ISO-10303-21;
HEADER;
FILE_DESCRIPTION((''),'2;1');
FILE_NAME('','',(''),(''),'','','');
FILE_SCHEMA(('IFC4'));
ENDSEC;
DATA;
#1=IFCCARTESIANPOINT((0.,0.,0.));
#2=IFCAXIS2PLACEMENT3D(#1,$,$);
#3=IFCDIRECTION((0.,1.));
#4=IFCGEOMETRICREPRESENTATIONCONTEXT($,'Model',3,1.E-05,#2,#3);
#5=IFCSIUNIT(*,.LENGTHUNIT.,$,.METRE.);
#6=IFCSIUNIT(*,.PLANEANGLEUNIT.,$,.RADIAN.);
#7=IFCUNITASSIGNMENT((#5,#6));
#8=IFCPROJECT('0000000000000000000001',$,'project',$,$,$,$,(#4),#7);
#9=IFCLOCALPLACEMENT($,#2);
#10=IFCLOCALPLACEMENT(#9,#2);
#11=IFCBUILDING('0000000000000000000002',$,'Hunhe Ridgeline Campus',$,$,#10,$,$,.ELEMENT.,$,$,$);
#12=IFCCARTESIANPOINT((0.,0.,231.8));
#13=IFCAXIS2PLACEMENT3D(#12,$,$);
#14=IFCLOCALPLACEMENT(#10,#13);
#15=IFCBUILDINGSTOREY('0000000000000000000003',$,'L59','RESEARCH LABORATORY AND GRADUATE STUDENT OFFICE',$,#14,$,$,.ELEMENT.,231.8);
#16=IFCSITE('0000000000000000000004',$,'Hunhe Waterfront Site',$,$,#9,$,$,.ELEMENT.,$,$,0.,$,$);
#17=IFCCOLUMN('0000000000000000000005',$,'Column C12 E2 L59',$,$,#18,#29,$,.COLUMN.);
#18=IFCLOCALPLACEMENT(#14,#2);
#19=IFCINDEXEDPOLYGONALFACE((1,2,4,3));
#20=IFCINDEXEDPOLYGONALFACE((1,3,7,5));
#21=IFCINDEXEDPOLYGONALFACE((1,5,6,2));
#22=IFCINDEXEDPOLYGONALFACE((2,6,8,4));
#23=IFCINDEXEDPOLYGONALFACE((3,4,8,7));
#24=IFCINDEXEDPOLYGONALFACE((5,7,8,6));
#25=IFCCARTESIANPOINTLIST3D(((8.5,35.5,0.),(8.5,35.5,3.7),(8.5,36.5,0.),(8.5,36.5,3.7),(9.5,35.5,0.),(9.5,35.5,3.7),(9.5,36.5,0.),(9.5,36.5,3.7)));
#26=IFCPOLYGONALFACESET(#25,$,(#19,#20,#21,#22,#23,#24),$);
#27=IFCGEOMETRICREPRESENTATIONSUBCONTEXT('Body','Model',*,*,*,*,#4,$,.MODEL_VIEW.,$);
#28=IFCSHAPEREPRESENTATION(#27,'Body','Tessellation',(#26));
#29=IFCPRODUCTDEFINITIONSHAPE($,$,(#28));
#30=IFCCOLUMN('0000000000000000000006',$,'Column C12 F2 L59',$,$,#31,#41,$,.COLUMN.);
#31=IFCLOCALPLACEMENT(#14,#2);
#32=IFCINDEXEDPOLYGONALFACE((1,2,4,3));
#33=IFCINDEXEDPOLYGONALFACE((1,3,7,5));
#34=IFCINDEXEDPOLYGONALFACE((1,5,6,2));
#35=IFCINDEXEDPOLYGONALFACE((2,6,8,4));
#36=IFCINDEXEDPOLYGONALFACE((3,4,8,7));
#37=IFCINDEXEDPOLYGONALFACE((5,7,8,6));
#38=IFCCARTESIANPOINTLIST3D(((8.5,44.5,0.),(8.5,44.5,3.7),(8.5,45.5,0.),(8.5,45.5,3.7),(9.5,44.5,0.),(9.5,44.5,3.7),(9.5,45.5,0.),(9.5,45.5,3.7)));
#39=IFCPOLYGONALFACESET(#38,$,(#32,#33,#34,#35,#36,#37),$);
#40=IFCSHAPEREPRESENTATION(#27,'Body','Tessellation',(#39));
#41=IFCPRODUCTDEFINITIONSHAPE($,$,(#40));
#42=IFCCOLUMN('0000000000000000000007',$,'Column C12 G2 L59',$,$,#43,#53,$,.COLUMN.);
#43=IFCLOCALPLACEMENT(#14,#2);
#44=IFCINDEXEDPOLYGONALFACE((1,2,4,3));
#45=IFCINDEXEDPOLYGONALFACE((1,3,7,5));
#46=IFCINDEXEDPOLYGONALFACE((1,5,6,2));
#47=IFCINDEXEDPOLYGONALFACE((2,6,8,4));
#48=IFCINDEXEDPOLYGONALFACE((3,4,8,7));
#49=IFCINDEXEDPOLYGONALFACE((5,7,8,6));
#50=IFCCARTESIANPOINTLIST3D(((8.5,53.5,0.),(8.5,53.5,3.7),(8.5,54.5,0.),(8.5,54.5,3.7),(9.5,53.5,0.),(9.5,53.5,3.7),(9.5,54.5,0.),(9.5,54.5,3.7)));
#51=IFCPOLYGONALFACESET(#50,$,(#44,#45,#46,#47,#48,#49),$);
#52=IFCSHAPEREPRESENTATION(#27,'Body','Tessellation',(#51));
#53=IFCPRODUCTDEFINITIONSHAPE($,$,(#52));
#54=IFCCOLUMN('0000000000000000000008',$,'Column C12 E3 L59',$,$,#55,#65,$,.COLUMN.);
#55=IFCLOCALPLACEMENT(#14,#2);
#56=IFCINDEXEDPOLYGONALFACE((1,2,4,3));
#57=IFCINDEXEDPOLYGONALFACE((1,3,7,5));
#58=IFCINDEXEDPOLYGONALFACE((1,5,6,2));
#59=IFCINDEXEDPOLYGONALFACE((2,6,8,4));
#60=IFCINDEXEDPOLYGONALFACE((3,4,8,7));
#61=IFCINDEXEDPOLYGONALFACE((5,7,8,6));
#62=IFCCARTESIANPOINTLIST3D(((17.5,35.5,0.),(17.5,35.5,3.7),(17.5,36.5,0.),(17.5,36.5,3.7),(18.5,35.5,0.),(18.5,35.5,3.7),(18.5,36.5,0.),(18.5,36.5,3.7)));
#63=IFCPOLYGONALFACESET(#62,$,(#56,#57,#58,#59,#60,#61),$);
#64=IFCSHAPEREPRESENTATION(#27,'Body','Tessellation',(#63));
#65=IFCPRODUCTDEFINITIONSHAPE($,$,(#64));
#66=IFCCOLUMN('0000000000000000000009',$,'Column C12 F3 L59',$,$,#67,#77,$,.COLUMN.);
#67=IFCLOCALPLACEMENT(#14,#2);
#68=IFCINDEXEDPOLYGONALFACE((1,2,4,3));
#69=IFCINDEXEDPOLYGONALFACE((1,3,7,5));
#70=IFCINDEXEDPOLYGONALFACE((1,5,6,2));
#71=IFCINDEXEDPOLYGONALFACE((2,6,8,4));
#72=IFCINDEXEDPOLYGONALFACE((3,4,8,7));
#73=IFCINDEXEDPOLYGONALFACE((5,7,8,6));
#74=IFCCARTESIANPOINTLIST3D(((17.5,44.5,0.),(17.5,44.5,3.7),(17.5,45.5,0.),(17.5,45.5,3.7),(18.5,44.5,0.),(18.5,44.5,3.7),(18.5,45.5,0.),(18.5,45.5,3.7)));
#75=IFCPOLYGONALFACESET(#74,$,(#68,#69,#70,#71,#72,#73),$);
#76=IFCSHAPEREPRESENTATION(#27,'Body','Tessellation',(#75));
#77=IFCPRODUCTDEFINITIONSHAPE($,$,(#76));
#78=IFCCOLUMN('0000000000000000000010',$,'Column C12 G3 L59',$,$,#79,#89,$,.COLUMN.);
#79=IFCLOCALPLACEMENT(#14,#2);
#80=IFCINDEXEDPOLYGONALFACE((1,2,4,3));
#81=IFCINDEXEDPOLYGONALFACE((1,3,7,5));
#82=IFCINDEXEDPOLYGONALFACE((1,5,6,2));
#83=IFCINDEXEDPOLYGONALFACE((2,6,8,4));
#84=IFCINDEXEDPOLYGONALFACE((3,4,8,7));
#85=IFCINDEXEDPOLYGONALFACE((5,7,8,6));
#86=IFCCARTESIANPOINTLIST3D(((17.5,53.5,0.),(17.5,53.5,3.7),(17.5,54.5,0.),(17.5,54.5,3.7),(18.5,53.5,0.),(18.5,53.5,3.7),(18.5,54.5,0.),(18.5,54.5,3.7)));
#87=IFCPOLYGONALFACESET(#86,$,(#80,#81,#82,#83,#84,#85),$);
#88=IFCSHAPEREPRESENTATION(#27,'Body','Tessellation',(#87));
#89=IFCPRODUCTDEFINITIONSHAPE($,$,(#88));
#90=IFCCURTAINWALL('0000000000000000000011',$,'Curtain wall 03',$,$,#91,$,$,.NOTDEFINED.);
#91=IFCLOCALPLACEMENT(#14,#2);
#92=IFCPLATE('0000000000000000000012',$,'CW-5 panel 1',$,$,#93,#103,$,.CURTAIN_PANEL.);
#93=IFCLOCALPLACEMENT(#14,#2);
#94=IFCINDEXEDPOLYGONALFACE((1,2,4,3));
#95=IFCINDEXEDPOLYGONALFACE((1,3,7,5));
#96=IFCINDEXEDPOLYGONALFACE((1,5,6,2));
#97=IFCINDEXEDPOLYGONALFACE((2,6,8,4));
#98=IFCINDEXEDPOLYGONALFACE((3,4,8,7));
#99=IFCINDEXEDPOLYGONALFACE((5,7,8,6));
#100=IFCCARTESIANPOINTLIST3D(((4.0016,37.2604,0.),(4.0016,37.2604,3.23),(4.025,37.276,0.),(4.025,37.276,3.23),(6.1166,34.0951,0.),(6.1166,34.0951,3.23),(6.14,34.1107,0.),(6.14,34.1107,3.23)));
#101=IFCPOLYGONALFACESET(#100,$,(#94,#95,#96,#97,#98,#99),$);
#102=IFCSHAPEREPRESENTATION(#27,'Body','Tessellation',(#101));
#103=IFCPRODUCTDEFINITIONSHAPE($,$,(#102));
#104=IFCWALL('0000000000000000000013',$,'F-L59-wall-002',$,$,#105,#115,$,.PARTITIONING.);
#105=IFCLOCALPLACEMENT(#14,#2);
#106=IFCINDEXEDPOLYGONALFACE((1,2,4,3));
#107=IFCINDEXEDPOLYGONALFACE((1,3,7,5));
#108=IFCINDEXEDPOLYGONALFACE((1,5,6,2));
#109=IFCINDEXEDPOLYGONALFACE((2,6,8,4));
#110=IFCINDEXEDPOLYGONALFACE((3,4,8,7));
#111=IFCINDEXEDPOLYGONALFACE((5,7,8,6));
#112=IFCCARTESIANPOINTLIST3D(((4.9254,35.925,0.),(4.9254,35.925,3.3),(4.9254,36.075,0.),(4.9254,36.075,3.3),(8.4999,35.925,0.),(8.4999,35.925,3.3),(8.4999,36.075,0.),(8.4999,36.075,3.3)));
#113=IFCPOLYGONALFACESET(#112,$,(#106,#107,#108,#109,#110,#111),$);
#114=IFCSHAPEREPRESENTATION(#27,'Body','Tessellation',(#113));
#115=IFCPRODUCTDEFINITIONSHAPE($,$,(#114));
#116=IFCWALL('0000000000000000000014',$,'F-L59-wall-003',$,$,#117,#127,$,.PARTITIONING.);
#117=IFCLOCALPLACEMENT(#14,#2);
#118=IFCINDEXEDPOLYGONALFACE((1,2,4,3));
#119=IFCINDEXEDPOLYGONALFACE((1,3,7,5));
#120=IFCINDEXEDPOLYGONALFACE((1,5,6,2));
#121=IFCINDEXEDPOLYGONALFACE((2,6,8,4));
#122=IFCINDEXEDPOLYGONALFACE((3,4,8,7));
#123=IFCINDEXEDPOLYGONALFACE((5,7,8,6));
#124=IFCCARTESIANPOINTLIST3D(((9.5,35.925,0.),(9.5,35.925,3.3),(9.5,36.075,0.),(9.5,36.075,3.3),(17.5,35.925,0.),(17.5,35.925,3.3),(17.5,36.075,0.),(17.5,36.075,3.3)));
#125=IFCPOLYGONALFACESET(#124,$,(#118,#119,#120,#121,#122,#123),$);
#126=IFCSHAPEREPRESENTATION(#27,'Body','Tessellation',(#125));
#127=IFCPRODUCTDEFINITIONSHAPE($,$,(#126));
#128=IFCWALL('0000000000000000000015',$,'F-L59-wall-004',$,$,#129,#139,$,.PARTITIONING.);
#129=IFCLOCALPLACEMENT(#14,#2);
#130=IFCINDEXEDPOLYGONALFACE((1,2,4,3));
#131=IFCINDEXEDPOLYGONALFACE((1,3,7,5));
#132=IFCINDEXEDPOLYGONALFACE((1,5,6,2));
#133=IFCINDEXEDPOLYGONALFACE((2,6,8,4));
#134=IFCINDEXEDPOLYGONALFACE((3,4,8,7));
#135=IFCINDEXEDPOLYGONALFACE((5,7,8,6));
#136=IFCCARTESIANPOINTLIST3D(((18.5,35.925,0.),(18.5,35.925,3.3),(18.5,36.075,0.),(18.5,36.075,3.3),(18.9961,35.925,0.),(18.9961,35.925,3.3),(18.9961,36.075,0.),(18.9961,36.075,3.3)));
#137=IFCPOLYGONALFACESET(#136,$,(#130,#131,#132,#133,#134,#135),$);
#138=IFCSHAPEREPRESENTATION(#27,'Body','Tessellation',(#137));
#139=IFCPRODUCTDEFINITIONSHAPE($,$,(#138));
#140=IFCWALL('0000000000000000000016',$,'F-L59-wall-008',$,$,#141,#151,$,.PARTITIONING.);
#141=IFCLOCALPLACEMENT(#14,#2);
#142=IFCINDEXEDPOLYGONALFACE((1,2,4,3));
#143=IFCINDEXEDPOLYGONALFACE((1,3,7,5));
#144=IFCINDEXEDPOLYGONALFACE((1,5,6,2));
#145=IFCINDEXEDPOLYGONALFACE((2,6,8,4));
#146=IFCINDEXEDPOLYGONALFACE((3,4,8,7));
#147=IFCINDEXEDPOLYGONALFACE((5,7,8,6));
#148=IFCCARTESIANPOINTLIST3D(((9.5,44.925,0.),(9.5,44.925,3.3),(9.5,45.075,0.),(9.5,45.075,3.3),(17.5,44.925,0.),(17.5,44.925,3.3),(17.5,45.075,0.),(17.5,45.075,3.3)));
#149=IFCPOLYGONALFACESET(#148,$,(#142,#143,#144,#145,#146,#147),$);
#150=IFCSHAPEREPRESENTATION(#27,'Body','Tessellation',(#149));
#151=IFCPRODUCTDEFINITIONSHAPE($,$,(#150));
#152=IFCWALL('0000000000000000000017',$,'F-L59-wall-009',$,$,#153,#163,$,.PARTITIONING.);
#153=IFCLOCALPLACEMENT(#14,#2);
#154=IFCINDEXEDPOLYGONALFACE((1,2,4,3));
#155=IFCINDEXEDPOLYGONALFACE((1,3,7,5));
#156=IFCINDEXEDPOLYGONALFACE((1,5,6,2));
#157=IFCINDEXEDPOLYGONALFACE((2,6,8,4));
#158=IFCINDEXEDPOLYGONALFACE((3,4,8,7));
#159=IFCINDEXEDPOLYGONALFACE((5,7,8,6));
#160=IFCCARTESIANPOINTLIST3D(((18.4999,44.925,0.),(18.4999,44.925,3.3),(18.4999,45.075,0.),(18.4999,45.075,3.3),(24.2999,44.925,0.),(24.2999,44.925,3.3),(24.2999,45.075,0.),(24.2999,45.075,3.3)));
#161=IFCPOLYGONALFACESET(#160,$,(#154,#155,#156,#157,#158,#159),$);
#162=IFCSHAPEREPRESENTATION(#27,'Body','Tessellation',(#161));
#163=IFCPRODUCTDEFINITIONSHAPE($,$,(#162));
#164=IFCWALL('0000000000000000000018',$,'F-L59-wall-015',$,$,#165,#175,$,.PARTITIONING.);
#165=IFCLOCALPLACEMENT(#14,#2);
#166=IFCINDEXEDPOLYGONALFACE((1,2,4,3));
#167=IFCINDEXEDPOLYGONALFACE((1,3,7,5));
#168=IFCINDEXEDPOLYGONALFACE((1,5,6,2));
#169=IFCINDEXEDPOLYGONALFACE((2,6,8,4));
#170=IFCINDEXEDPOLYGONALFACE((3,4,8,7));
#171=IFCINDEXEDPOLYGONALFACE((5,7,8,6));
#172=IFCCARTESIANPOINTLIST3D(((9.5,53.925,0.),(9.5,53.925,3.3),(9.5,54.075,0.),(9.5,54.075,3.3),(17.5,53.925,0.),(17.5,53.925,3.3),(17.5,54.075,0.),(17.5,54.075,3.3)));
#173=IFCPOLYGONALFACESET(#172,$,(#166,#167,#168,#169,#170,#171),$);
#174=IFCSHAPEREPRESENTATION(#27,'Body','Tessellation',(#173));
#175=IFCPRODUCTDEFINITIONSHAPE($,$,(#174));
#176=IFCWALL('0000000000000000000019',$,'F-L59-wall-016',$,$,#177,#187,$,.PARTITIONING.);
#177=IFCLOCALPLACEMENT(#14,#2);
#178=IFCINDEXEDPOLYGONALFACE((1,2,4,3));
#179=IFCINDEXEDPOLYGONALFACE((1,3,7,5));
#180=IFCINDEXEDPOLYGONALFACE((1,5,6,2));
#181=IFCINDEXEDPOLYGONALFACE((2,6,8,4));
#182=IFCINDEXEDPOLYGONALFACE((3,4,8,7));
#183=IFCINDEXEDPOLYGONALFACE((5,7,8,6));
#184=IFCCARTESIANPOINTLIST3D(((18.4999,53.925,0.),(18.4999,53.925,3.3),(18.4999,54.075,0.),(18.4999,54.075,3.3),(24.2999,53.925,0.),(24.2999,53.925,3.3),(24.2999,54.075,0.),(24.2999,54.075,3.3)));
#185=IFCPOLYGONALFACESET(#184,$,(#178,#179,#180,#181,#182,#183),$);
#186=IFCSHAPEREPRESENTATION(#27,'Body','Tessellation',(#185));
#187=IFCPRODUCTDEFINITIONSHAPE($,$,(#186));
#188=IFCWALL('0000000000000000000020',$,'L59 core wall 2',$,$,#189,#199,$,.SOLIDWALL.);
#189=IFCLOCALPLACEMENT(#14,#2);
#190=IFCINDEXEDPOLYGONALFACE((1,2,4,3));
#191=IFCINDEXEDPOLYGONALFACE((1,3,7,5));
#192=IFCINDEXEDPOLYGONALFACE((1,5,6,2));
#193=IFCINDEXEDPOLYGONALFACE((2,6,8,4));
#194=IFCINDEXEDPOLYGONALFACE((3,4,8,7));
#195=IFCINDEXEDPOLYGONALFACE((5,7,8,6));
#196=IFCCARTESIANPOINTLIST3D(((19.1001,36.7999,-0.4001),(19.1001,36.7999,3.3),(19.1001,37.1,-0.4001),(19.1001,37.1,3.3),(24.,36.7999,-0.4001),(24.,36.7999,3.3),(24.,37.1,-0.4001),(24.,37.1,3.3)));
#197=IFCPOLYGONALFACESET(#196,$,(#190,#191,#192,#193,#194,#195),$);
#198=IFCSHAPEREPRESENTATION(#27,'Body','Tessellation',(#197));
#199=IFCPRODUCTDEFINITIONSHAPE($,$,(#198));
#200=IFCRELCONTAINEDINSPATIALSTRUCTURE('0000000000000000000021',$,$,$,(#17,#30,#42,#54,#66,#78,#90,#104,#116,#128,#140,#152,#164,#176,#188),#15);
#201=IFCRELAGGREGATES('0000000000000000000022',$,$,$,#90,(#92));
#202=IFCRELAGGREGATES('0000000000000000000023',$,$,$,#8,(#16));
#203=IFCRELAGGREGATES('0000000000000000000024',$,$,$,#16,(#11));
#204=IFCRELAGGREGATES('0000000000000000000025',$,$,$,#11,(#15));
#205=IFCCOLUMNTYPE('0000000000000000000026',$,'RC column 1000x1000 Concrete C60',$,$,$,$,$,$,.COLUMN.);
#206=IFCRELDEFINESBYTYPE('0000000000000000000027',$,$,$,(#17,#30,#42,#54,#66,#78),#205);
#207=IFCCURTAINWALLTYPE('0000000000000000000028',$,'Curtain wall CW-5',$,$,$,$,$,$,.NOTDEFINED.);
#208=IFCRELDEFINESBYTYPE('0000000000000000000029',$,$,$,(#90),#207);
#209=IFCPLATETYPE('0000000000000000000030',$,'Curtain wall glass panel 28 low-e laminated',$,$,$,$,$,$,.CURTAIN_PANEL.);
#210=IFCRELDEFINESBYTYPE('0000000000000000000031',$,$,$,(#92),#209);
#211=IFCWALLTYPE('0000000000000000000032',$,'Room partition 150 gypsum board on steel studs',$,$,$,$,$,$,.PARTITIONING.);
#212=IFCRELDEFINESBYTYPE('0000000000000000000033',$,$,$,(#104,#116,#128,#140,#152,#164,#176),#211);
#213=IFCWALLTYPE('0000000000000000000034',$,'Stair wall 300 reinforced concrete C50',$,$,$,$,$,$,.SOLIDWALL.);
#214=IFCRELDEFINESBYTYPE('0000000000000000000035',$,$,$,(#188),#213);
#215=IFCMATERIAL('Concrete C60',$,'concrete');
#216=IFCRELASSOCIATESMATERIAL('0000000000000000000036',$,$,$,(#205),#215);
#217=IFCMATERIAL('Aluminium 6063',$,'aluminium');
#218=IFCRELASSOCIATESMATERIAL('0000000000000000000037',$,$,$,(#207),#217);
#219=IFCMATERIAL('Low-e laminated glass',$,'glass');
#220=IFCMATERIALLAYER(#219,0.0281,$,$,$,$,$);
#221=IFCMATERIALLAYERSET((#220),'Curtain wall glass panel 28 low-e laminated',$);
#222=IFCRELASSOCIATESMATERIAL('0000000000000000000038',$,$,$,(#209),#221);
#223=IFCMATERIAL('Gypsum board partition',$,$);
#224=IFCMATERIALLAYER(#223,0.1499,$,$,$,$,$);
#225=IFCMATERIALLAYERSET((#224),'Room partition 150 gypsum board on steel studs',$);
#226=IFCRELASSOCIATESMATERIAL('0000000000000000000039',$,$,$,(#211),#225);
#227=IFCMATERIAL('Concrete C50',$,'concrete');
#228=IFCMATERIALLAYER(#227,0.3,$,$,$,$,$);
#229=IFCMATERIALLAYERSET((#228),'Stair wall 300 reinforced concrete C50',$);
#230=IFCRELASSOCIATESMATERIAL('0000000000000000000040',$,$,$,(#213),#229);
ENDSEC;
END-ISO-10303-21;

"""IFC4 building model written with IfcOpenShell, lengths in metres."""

from ifc_helpers import new_model, si_unit, direction, frame, frame_2d, origin, origin_2d, place, context, subcontext, project, spatial, rectangle, extrude, material, layer, layer_set, material_profile, profile_set, type_object, element, aggregate, save


model = new_model("IFC4")

# Units and contexts
model_context = context("Model", 3, precision=1e-05, world=origin(), true_north=direction((0.0, 1.0)))
body_context = subcontext(model_context, "Body", "Model", "MODEL_VIEW")
ifc_project = project(units=[si_unit("LENGTHUNIT", "METRE"), si_unit("PLANEANGLEUNIT", "RADIAN")], contexts=[model_context])

# Site, building, storey
site_placement = place(None, origin())
site = spatial("IfcSite", under=ifc_project, at=site_placement, Name="Hunhe Waterfront Site", CompositionType="ELEMENT", RefElevation=0.0)
building_placement = place(site_placement, origin())
building = spatial("IfcBuilding", under=site, at=building_placement, Name="Hunhe Ridgeline Campus", CompositionType="ELEMENT")
storey_placement = place(building_placement, frame((0.0, 0.0, 231.8)))
storey = spatial("IfcBuildingStorey", under=building, at=storey_placement, Name="L59", Description="RESEARCH LABORATORY AND GRADUATE STUDENT OFFICE", CompositionType="ELEMENT", Elevation=231.8)

# Columns
ifc_material_1 = material(Name="Concrete C60", Category="concrete")
ifc_material_profile = material_profile(ifc_material_1, rectangle(XDim=1.0, YDim=1.0, at=origin_2d()))
ifc_profile_set = profile_set([ifc_material_profile], Name="Concrete C60")
column_type = type_object("IfcColumnType", Name="RC column 1000x1000 Concrete C60", PredefinedType="COLUMN", material=ifc_profile_set)
for number, where, z_axis, x_axis, name in (
    (1, (9.0, 36.0, 0.0), (0.0, 0.0, 1.0), (1.0, 0.0, 0.0), "Column C12 E2 L59"),
    (2, (9.0, 45.0, 0.0), (0.0, 0.0, 1.0), (1.0, 0.0, 0.0), "Column C12 F2 L59"),
    (3, (9.0, 54.0, 0.0), (0.0, 0.0, 1.0), (1.0, 0.0, 0.0), "Column C12 G2 L59"),
    (4, (18.0, 36.0, 0.0), (0.0, 0.0, 1.0), (1.0, 0.0, 0.0), "Column C12 E3 L59"),
    (5, (18.0, 45.0, 0.0), (0.0, 0.0, 1.0), (1.0, 0.0, 0.0), "Column C12 F3 L59"),
    (6, (18.0, 54.0, 0.0), (0.0, 0.0, 1.0), (1.0, 0.0, 0.0), "Column C12 G3 L59"),
):
    element("IfcColumn", number, at=place(storey_placement, frame(where, z_axis=z_axis, x_axis=x_axis)), inside=storey, type_object=column_type, Name=name, PredefinedType="COLUMN", context=body_context, shape_type="SweptSolid", body=[
        extrude(rectangle(XDim=1.0, YDim=1.0, at=origin_2d()), origin(), (0.0, 0.0, 1.0), 3.7),
    ])

# Curtain wall, plate
ifc_material_2 = material(Name="Aluminium 6063", Category="aluminium")
curtain_wall_type = type_object("IfcCurtainWallType", Name="Curtain wall CW-5", PredefinedType="NOTDEFINED", material=ifc_material_2)
curtain_wall_placement = place(storey_placement, origin())
curtain_wall = element("IfcCurtainWall", 7, at=curtain_wall_placement, inside=storey, type_object=curtain_wall_type, Name="Curtain wall 03", PredefinedType="NOTDEFINED")
ifc_material_3 = material(Name="Low-e laminated glass", Category="glass")
ifc_layer_1 = layer(ifc_material_3, 0.0281)
ifc_layer_set_1 = layer_set([ifc_layer_1], Name="Curtain wall glass panel 28 low-e laminated")
plate_type = type_object("IfcPlateType", Name="Curtain wall glass panel 28 low-e laminated", PredefinedType="CURTAIN_PANEL", material=ifc_layer_set_1)
plate_placement = place(storey_placement, frame((5.0708, 35.6855, 0.0), z_axis=(0.0, 0.0, 1.0), x_axis=(0.55557, -0.83147, 0.0)))
plate = element("IfcPlate", 8, at=plate_placement, type_object=plate_type, Name="CW-5 panel 1", PredefinedType="CURTAIN_PANEL", context=body_context, shape_type="SweptSolid", body=[
    extrude(rectangle(XDim=3.8069, YDim=0.0281, at=origin_2d()), origin(), (0.0, 0.0, 1.0), 3.23),
])
aggregate(curtain_wall, [plate])

# Shared definitions
ifc_material_4 = material(Name="Gypsum board partition")

# Walls
ifc_layer_2 = layer(ifc_material_4, 0.1499)
ifc_layer_set_2 = layer_set([ifc_layer_2], Name="Room partition 150 gypsum board on steel studs")
wall_type_1 = type_object("IfcWallType", Name="Room partition 150 gypsum board on steel studs", PredefinedType="PARTITIONING", material=ifc_layer_set_2)
wall_1_placement = place(storey_placement, frame((4.9255, 36.0, 0.0), z_axis=(0.0, 0.0, 1.0), x_axis=(1.0, 0.0, 0.0)))
element("IfcWall", 9, at=wall_1_placement, inside=storey, type_object=wall_type_1, Name="F-L59-wall-002", PredefinedType="PARTITIONING", context=body_context, shape_type="SweptSolid", body=[
    extrude(rectangle(XDim=3.5745, YDim=0.1499, at=frame_2d((1.7871, 0.0))), origin(), (0.0, 0.0, 1.0), 3.3),
])
wall_2_placement = place(storey_placement, frame((9.5, 36.0, 0.0), z_axis=(0.0, 0.0, 1.0), x_axis=(1.0, 0.0, 0.0)))
element("IfcWall", 10, at=wall_2_placement, inside=storey, type_object=wall_type_1, Name="F-L59-wall-003", PredefinedType="PARTITIONING", context=body_context, shape_type="SweptSolid", body=[
    extrude(rectangle(XDim=8.0, YDim=0.1499, at=frame_2d((4.0, 0.0))), origin(), (0.0, 0.0, 1.0), 3.3),
])
wall_3_placement = place(storey_placement, frame((18.5, 36.0, 0.0), z_axis=(0.0, 0.0, 1.0), x_axis=(1.0, 0.0, 0.0)))
element("IfcWall", 11, at=wall_3_placement, inside=storey, type_object=wall_type_1, Name="F-L59-wall-004", PredefinedType="PARTITIONING", context=body_context, shape_type="SweptSolid", body=[
    extrude(rectangle(XDim=0.4961, YDim=0.1499, at=frame_2d((0.248, 0.0))), origin(), (0.0, 0.0, 1.0), 3.3),
])
wall_4_placement = place(storey_placement, frame((9.5, 45.0, 0.0), z_axis=(0.0, 0.0, 1.0), x_axis=(1.0, 0.0, 0.0)))
element("IfcWall", 12, at=wall_4_placement, inside=storey, type_object=wall_type_1, Name="F-L59-wall-008", PredefinedType="PARTITIONING", context=body_context, shape_type="SweptSolid", body=[
    extrude(rectangle(XDim=8.0, YDim=0.1499, at=frame_2d((4.0, 0.0))), origin(), (0.0, 0.0, 1.0), 3.3),
])
wall_5_placement = place(storey_placement, frame((18.5, 45.0, 0.0), z_axis=(0.0, 0.0, 1.0), x_axis=(1.0, 0.0, 0.0)))
element("IfcWall", 13, at=wall_5_placement, inside=storey, type_object=wall_type_1, Name="F-L59-wall-009", PredefinedType="PARTITIONING", context=body_context, shape_type="SweptSolid", body=[
    extrude(rectangle(XDim=5.8, YDim=0.1499, at=frame_2d((2.8999, 0.0))), origin(), (0.0, 0.0, 1.0), 3.3),
])
wall_6_placement = place(storey_placement, frame((9.5, 54.0, 0.0), z_axis=(0.0, 0.0, 1.0), x_axis=(1.0, 0.0, 0.0)))
element("IfcWall", 14, at=wall_6_placement, inside=storey, type_object=wall_type_1, Name="F-L59-wall-015", PredefinedType="PARTITIONING", context=body_context, shape_type="SweptSolid", body=[
    extrude(rectangle(XDim=8.0, YDim=0.1499, at=frame_2d((4.0, 0.0))), origin(), (0.0, 0.0, 1.0), 3.3),
])
wall_7_placement = place(storey_placement, frame((18.5, 54.0, 0.0), z_axis=(0.0, 0.0, 1.0), x_axis=(1.0, 0.0, 0.0)))
element("IfcWall", 15, at=wall_7_placement, inside=storey, type_object=wall_type_1, Name="F-L59-wall-016", PredefinedType="PARTITIONING", context=body_context, shape_type="SweptSolid", body=[
    extrude(rectangle(XDim=5.8, YDim=0.1499, at=frame_2d((2.8999, 0.0))), origin(), (0.0, 0.0, 1.0), 3.3),
])
ifc_material_5 = material(Name="Concrete C50", Category="concrete")
ifc_layer_3 = layer(ifc_material_5, 0.3)
ifc_layer_set_3 = layer_set([ifc_layer_3], Name="Stair wall 300 reinforced concrete C50")
wall_type_2 = type_object("IfcWallType", Name="Stair wall 300 reinforced concrete C50", PredefinedType="SOLIDWALL", material=ifc_layer_set_3)
wall_8_placement = place(storey_placement, frame((19.1001, 36.95, -0.4001), z_axis=(0.0, 0.0, 1.0), x_axis=(1.0, 0.0, 0.0)))
element("IfcWall", 16, at=wall_8_placement, inside=storey, type_object=wall_type_2, Name="L59 core wall 2", PredefinedType="SOLIDWALL", context=body_context, shape_type="SweptSolid", body=[
    extrude(rectangle(XDim=4.8999, YDim=0.3, at=frame_2d((2.45, 0.0))), origin(), (0.0, 0.0, 1.0), 3.7002),
])

save(model, "model.ifc")
